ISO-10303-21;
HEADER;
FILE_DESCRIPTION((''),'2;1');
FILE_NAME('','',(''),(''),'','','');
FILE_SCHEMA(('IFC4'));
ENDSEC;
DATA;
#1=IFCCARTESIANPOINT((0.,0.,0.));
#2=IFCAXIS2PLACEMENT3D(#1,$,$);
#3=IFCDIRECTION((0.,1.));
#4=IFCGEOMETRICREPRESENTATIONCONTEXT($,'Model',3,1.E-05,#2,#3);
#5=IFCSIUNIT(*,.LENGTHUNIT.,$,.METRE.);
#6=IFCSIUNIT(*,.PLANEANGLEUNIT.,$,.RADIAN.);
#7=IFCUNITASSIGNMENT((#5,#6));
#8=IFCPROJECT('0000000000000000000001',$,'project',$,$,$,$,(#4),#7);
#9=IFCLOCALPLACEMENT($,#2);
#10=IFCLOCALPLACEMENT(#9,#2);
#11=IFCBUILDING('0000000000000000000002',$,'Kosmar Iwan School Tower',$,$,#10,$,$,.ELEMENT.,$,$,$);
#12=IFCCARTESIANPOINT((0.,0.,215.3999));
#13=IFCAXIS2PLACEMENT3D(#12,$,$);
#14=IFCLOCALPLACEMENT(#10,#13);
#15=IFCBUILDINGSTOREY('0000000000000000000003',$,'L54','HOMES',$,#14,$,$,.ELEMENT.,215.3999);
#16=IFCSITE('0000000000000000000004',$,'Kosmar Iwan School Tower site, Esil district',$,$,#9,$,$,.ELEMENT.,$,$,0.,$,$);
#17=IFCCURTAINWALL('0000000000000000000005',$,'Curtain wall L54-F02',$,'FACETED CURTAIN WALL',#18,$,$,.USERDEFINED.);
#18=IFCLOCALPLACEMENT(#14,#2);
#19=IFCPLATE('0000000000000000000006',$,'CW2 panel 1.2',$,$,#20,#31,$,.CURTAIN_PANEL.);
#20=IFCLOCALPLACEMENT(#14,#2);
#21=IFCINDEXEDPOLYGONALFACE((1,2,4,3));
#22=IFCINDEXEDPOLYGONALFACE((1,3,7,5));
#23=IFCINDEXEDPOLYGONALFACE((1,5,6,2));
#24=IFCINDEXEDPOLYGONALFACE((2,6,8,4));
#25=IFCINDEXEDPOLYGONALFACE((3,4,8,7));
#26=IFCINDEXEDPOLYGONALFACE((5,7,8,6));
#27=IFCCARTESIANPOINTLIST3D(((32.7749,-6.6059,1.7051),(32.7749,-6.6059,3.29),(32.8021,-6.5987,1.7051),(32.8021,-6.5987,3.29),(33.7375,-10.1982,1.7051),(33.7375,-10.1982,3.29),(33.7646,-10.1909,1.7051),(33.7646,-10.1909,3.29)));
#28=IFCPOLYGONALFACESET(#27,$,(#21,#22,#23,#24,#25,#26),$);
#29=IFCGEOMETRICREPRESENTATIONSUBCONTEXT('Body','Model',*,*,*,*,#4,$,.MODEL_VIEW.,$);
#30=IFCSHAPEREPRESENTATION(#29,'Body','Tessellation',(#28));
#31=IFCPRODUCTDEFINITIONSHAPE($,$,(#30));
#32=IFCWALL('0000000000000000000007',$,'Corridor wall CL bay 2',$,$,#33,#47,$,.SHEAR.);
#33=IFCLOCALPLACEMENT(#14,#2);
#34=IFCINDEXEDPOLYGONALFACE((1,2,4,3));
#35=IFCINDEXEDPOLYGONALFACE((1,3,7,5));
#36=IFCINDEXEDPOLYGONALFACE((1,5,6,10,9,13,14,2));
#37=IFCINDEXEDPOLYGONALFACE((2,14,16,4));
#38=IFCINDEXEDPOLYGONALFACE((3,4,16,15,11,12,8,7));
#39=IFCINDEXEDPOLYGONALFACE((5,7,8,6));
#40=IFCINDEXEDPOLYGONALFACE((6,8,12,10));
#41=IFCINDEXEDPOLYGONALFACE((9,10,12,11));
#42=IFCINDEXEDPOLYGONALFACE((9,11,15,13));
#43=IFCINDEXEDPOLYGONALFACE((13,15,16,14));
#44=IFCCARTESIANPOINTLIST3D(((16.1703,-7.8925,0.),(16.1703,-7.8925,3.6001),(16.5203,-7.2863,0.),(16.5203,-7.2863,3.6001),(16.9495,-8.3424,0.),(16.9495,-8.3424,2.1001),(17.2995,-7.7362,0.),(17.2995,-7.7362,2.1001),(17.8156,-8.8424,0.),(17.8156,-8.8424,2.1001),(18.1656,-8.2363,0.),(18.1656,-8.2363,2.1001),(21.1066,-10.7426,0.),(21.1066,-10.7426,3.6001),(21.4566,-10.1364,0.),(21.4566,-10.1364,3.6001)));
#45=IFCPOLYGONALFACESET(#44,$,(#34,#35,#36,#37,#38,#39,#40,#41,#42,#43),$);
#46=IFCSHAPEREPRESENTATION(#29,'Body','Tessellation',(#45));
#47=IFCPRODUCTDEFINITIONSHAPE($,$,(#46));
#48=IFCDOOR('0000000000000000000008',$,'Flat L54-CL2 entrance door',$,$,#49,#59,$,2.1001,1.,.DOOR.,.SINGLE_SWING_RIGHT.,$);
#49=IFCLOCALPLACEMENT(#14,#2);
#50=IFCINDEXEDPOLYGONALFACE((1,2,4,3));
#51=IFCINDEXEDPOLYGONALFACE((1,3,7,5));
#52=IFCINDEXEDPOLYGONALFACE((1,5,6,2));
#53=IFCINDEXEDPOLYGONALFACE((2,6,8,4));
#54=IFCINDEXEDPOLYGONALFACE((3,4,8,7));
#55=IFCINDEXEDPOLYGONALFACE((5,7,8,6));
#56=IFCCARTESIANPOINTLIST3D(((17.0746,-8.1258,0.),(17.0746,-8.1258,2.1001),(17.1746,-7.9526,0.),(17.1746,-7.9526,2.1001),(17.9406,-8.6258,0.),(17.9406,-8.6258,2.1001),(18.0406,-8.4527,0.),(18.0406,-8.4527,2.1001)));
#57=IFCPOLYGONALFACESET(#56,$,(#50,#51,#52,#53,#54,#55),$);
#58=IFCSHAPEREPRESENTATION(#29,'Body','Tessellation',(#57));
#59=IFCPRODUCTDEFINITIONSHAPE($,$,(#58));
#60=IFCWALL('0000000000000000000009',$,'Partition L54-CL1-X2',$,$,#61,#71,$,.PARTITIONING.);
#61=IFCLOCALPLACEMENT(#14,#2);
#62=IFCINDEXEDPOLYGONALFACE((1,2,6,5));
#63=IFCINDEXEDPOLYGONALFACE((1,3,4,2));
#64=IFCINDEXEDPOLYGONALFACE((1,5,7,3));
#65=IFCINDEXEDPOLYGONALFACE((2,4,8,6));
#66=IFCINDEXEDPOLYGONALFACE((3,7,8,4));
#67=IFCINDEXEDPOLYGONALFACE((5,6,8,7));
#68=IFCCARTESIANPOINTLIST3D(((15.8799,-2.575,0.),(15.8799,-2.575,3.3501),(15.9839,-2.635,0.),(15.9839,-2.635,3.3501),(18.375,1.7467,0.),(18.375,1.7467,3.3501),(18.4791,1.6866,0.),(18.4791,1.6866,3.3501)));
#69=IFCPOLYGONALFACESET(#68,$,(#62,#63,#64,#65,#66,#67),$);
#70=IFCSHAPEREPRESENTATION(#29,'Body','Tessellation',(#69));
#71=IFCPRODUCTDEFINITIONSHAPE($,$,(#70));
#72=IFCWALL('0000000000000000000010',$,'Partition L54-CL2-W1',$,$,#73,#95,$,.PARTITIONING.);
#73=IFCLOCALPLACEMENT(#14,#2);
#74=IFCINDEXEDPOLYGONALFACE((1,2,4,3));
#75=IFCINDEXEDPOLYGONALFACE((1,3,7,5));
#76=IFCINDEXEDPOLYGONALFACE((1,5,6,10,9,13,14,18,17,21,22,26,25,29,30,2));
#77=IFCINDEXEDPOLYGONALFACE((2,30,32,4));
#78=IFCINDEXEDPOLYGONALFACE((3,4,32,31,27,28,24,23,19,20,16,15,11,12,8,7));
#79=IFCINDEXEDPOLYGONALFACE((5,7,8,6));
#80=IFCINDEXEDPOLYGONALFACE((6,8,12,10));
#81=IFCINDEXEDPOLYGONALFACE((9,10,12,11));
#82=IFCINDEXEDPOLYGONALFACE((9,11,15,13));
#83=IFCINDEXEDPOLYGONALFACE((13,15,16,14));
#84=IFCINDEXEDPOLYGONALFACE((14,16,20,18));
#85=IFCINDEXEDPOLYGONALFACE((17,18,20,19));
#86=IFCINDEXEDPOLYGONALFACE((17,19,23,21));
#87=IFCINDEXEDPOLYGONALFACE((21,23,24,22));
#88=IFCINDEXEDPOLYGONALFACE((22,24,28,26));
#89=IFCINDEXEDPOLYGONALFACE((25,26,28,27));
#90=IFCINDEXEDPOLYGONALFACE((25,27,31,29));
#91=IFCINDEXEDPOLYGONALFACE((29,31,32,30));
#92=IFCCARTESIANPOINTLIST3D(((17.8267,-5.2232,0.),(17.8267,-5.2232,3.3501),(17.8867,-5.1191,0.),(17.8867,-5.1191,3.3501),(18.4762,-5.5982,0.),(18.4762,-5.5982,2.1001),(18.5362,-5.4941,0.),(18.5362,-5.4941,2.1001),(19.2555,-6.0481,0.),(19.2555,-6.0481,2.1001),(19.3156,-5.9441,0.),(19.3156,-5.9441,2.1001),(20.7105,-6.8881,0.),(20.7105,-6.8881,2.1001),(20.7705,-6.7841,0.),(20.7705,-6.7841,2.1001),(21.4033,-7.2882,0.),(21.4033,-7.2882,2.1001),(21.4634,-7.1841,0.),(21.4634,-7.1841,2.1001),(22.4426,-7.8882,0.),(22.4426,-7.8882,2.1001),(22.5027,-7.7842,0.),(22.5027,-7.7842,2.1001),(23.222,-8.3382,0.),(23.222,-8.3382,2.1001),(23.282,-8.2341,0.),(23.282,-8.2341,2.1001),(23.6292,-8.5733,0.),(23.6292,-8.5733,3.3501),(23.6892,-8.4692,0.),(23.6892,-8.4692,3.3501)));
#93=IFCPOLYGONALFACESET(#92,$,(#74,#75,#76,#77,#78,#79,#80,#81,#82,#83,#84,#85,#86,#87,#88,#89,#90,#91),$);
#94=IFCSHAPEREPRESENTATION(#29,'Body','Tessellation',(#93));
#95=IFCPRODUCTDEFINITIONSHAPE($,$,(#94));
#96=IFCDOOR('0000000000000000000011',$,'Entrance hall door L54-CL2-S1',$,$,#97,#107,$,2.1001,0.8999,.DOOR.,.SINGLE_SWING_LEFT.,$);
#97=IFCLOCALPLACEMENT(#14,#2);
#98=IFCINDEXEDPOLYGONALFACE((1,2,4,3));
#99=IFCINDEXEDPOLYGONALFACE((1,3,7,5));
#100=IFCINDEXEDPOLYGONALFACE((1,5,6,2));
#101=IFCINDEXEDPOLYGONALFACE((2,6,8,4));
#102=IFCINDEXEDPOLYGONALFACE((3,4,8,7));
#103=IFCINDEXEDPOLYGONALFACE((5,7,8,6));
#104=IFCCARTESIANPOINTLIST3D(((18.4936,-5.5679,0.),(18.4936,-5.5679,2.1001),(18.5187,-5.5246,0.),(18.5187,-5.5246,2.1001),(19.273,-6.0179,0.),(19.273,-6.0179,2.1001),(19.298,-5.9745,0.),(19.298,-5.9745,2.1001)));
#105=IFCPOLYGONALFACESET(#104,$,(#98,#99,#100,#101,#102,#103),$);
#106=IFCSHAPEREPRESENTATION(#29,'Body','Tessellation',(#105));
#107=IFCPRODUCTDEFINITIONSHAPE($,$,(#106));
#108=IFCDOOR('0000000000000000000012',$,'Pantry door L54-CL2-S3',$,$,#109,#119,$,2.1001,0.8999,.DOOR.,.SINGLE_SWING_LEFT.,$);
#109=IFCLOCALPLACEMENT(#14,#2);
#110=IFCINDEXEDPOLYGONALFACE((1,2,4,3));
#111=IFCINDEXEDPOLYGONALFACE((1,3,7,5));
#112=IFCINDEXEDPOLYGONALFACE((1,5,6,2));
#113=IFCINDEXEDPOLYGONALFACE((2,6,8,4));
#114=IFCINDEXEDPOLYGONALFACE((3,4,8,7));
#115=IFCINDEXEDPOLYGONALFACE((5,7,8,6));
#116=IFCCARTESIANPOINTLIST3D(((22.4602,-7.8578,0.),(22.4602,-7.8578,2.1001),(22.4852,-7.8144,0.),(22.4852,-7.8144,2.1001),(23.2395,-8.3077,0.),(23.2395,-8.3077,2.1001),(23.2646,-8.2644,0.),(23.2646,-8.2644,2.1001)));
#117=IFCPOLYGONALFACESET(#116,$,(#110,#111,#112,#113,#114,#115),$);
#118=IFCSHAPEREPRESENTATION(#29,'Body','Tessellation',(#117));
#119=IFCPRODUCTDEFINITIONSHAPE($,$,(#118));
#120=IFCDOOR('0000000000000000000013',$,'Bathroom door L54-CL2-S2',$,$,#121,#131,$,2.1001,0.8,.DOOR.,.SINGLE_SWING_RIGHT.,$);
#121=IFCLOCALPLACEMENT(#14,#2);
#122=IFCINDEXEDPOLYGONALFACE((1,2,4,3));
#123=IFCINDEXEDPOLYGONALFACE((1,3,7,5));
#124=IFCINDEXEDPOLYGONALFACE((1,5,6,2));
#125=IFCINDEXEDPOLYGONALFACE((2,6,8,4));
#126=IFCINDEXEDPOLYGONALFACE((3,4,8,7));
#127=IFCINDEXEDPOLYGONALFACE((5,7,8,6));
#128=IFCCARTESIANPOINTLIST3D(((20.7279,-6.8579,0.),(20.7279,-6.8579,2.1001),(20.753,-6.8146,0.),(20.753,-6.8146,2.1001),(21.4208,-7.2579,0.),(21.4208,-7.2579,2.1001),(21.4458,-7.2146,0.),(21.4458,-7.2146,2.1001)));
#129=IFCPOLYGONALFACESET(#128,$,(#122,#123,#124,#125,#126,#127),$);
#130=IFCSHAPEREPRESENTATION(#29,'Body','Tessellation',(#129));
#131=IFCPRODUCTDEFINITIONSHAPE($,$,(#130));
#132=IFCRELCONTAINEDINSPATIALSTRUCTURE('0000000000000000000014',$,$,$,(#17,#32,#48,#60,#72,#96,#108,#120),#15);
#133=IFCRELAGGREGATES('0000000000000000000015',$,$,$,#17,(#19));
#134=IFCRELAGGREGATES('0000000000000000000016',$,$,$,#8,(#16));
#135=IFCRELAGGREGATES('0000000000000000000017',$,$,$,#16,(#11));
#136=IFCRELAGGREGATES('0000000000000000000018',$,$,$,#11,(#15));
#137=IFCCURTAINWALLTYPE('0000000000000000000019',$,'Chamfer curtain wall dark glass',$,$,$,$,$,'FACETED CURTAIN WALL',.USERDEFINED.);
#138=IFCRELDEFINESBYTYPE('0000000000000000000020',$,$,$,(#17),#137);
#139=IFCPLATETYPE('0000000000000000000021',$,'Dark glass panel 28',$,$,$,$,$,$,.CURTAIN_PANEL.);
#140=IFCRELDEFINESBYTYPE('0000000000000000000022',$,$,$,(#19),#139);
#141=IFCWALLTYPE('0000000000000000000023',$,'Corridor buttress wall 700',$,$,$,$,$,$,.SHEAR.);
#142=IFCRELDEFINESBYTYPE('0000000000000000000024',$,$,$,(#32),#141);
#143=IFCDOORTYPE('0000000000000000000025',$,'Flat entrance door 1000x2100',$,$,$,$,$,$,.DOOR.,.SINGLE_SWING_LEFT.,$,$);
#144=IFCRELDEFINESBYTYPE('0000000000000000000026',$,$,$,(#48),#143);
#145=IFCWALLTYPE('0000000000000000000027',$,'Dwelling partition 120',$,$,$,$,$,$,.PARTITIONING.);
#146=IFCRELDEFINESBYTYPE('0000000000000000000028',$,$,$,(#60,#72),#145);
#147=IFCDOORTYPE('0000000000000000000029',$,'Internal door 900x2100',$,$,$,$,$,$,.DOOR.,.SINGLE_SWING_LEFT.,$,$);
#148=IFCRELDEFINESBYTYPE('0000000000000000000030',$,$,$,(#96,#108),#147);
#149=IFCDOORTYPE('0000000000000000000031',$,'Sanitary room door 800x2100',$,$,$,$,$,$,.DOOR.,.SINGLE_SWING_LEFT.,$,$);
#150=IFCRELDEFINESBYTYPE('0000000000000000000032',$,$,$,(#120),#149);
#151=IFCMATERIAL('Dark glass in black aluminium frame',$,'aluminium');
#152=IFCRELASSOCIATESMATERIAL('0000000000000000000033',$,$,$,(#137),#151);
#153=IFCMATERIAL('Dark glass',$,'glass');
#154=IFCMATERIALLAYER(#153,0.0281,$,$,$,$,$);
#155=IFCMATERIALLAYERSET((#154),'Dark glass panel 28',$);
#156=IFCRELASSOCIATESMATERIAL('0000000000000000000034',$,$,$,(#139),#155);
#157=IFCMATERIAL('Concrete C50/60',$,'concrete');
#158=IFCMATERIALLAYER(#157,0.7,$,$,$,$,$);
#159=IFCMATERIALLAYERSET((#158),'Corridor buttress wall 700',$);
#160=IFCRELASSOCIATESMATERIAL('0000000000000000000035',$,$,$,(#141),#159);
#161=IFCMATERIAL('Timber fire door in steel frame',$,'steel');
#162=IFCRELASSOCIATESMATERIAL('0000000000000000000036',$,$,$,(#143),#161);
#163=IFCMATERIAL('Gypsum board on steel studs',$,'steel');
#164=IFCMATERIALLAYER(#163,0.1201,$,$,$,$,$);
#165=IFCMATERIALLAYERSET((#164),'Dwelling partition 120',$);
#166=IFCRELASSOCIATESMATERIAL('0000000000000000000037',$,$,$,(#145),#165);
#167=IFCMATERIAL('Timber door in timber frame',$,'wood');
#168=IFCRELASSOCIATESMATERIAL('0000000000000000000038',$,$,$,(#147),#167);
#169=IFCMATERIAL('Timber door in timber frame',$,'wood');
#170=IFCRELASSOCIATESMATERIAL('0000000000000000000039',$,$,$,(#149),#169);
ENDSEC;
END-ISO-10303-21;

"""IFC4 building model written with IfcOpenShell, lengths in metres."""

from ifc_helpers import new_model, si_unit, direction, frame, frame_2d, origin, origin_2d, place, context, subcontext, project, spatial, rectangle, extrude, material, layer, layer_set, type_object, element, fill, aggregate, save


model = new_model("IFC4")

# Units and contexts
model_context = context("Model", 3, precision=1e-05, world=origin(), true_north=direction((0.0, 1.0)))
body_context = subcontext(model_context, "Body", "Model", "MODEL_VIEW")
ifc_project = project(units=[si_unit("LENGTHUNIT", "METRE"), si_unit("PLANEANGLEUNIT", "RADIAN")], contexts=[model_context])

# Site, building, storey
site_placement = place(None, origin())
site = spatial("IfcSite", under=ifc_project, at=site_placement, Name="Kosmar Iwan School Tower site, Esil district", CompositionType="ELEMENT", RefElevation=0.0)
building_placement = place(site_placement, origin())
building = spatial("IfcBuilding", under=site, at=building_placement, Name="Kosmar Iwan School Tower", CompositionType="ELEMENT")
storey_placement = place(building_placement, frame((0.0, 0.0, 215.3999)))
storey = spatial("IfcBuildingStorey", under=building, at=storey_placement, Name="L54", Description="HOMES", CompositionType="ELEMENT", Elevation=215.3999)

# Curtain wall
ifc_material_1 = material(Name="Dark glass in black aluminium frame", Category="aluminium")
curtain_wall_type = type_object("IfcCurtainWallType", Name="Chamfer curtain wall dark glass", ElementType="FACETED CURTAIN WALL", PredefinedType="USERDEFINED", material=ifc_material_1)
curtain_wall_placement = place(storey_placement, origin())
curtain_wall = element("IfcCurtainWall", 1, at=curtain_wall_placement, inside=storey, type_object=curtain_wall_type, Name="Curtain wall L54-F02", ObjectType="FACETED CURTAIN WALL", PredefinedType="USERDEFINED")

# Plate
ifc_material_2 = material(Name="Dark glass", Category="glass")
ifc_layer_1 = layer(ifc_material_2, 0.0281)
ifc_layer_set_1 = layer_set([ifc_layer_1], Name="Dark glass panel 28")
plate_type = type_object("IfcPlateType", Name="Dark glass panel 28", PredefinedType="CURTAIN_PANEL", material=ifc_layer_set_1)
plate_1_placement = place(storey_placement, frame((33.2698, -8.3984, 1.7051), z_axis=(0.0, 0.0, 1.0), x_axis=(-0.258819, 0.965926, 0.0)))
plate_1 = element("IfcPlate", 2, at=plate_1_placement, type_object=plate_type, Name="CW2 panel 1.2", PredefinedType="CURTAIN_PANEL", context=body_context, shape_type="SweptSolid", body=[
    extrude(rectangle(XDim=3.719, YDim=0.0281, at=origin_2d()), origin(), (0.0, 0.0, 1.0), 1.585),
])
aggregate(curtain_wall, [plate_1])

# Wall, opening, door
ifc_material_3 = material(Name="Concrete C50/60", Category="concrete")
ifc_layer_2 = layer(ifc_material_3, 0.7)
ifc_layer_set_2 = layer_set([ifc_layer_2], Name="Corridor buttress wall 700")
wall_type_1 = type_object("IfcWallType", Name="Corridor buttress wall 700", PredefinedType="SHEAR", material=ifc_layer_set_2)
wall_1_placement = place(storey_placement, frame((16.3452, -7.5894, 0.0), z_axis=(0.0, 0.0, 1.0), x_axis=(0.866015, -0.500018, 0.0)))
wall_1 = element("IfcWall", 3, at=wall_1_placement, inside=storey, type_object=wall_type_1, Name="Corridor wall CL bay 2", PredefinedType="SHEAR", context=body_context, shape_type="SweptSolid", body=[
    extrude(rectangle(XDim=5.7, YDim=0.7, at=frame_2d((2.8501, 0.0))), origin(), (0.0, 0.0, 1.0), 3.6001),
])
opening_1_placement = place(wall_1_placement, frame((0.8999, 0.0, 0.0)))
opening_1 = element("IfcOpeningElement", 4, at=opening_1_placement, cuts=wall_1, PredefinedType="OPENING", context=body_context, shape_type="SweptSolid", body=[
    extrude(rectangle(XDim=1.0, YDim=2.1001, at=frame_2d((0.5, 1.05))), frame((0.0, 0.3621, 0.0), z_axis=(0.0, -1.0, 0.0), x_axis=(1.0, 0.0, 0.0)), (0.0, 0.0, 1.0), 0.7239),
])
ifc_material_4 = material(Name="Timber fire door in steel frame", Category="steel")
door_type_1 = type_object("IfcDoorType", Name="Flat entrance door 1000x2100", OperationType="SINGLE_SWING_LEFT", PredefinedType="DOOR", material=ifc_material_4)
door_1_placement = place(opening_1_placement, origin())
door_1 = element("IfcDoor", 5, at=door_1_placement, inside=storey, type_object=door_type_1, Name="Flat L54-CL2 entrance door", OperationType="SINGLE_SWING_RIGHT", OverallHeight=2.1001, OverallWidth=1.0, PredefinedType="DOOR", context=body_context, shape_type="SweptSolid", body=[
    extrude(rectangle(XDim=1.0, YDim=2.1001, at=frame_2d((0.5, 1.05))), frame((0.0, 0.1001, 0.0), z_axis=(0.0, -1.0, 0.0), x_axis=(1.0, 0.0, 0.0)), (0.0, 0.0, 1.0), 0.2),
])
fill(opening_1, door_1)

# Wall
ifc_material_5 = material(Name="Gypsum board on steel studs", Category="steel")
ifc_layer_3 = layer(ifc_material_5, 0.1201)
ifc_layer_set_3 = layer_set([ifc_layer_3], Name="Dwelling partition 120")
wall_type_2 = type_object("IfcWallType", Name="Dwelling partition 120", PredefinedType="PARTITIONING", material=ifc_layer_set_3)
wall_2_placement = place(storey_placement, frame((15.9319, -2.605, 0.0), z_axis=(0.0, 0.0, 1.0), x_axis=(0.500012, 0.866019, 0.0)))
element("IfcWall", 6, at=wall_2_placement, inside=storey, type_object=wall_type_2, Name="Partition L54-CL1-X2", PredefinedType="PARTITIONING", context=body_context, shape_type="SweptSolid", body=[
    extrude(rectangle(XDim=4.9902, YDim=0.1201, at=frame_2d((2.4951, 0.0))), origin(), (0.0, 0.0, 1.0), 3.3501),
])

# Wall, openings, doors
wall_3_placement = place(storey_placement, frame((17.8567, -5.1711, 0.0), z_axis=(0.0, 0.0, 1.0), x_axis=(0.866024, -0.500003, 0.0)))
wall_3 = element("IfcWall", 7, at=wall_3_placement, inside=storey, type_object=wall_type_2, Name="Partition L54-CL2-W1", PredefinedType="PARTITIONING", context=body_context, shape_type="SweptSolid", body=[
    extrude(rectangle(XDim=6.7002, YDim=0.1201, at=frame_2d((3.3501, 0.0))), origin(), (0.0, 0.0, 1.0), 3.3501),
])
opening_2_placement = place(wall_3_placement, frame((0.75, 0.0, 0.0)))
opening_2 = element("IfcOpeningElement", 8, at=opening_2_placement, cuts=wall_3, PredefinedType="OPENING", context=body_context, shape_type="SweptSolid", body=[
    extrude(rectangle(XDim=0.8999, YDim=2.1001, at=frame_2d((0.45, 1.05))), frame((0.0, 0.072, 0.0), z_axis=(0.0, -1.0, 0.0), x_axis=(1.0, 0.0, 0.0)), (0.0, 0.0, 1.0), 0.144),
])
opening_3_placement = place(wall_3_placement, frame((3.3301, 0.0, 0.0)))
opening_3 = element("IfcOpeningElement", 9, at=opening_3_placement, cuts=wall_3, PredefinedType="OPENING", context=body_context, shape_type="SweptSolid", body=[
    extrude(rectangle(XDim=0.8, YDim=2.1001, at=frame_2d((0.3999, 1.05))), frame((0.0, 0.072, 0.0), z_axis=(0.0, -1.0, 0.0), x_axis=(1.0, 0.0, 0.0)), (0.0, 0.0, 1.0), 0.144),
])
opening_4_placement = place(wall_3_placement, frame((5.3301, 0.0, 0.0)))
opening_4 = element("IfcOpeningElement", 10, at=opening_4_placement, cuts=wall_3, PredefinedType="OPENING", context=body_context, shape_type="SweptSolid", body=[
    extrude(rectangle(XDim=0.8999, YDim=2.1001, at=frame_2d((0.45, 1.05))), frame((0.0, 0.072, 0.0), z_axis=(0.0, -1.0, 0.0), x_axis=(1.0, 0.0, 0.0)), (0.0, 0.0, 1.0), 0.144),
])
ifc_material_6 = material(Name="Timber door in timber frame", Category="wood")
door_type_2 = type_object("IfcDoorType", Name="Internal door 900x2100", OperationType="SINGLE_SWING_LEFT", PredefinedType="DOOR", material=ifc_material_6)
door_2_placement = place(opening_2_placement, origin())
door_2 = element("IfcDoor", 11, at=door_2_placement, inside=storey, type_object=door_type_2, Name="Entrance hall door L54-CL2-S1", OperationType="SINGLE_SWING_LEFT", OverallHeight=2.1001, OverallWidth=0.8999, PredefinedType="DOOR", context=body_context, shape_type="SweptSolid", body=[
    extrude(rectangle(XDim=0.8999, YDim=2.1001, at=frame_2d((0.45, 1.05))), frame((0.0, 0.0249, 0.0), z_axis=(0.0, -1.0, 0.0), x_axis=(1.0, 0.0, 0.0)), (0.0, 0.0, 1.0), 0.05),
])
fill(opening_2, door_2)
door_3_placement = place(opening_4_placement, frame((0.8999, 0.0, 0.0), z_axis=(0.0, 0.0, 1.0), x_axis=(-1.0, 0.0, 0.0)))
door_3 = element("IfcDoor", 12, at=door_3_placement, inside=storey, type_object=door_type_2, Name="Pantry door L54-CL2-S3", OperationType="SINGLE_SWING_LEFT", OverallHeight=2.1001, OverallWidth=0.8999, PredefinedType="DOOR", context=body_context, shape_type="SweptSolid", body=[
    extrude(rectangle(XDim=0.8999, YDim=2.1001, at=frame_2d((0.45, 1.05))), frame((0.0, 0.0249, 0.0), z_axis=(0.0, -1.0, 0.0), x_axis=(1.0, 0.0, 0.0)), (0.0, 0.0, 1.0), 0.05),
])
fill(opening_4, door_3)
ifc_material_7 = material(Name="Timber door in timber frame", Category="wood")
door_type_3 = type_object("IfcDoorType", Name="Sanitary room door 800x2100", OperationType="SINGLE_SWING_LEFT", PredefinedType="DOOR", material=ifc_material_7)
door_4_placement = place(opening_3_placement, origin())
door_4 = element("IfcDoor", 13, at=door_4_placement, inside=storey, type_object=door_type_3, Name="Bathroom door L54-CL2-S2", OperationType="SINGLE_SWING_RIGHT", OverallHeight=2.1001, OverallWidth=0.8, PredefinedType="DOOR", context=body_context, shape_type="SweptSolid", body=[
    extrude(rectangle(XDim=0.8, YDim=2.1001, at=frame_2d((0.3999, 1.05))), frame((0.0, 0.0249, 0.0), z_axis=(0.0, -1.0, 0.0), x_axis=(1.0, 0.0, 0.0)), (0.0, 0.0, 1.0), 0.05),
])
fill(opening_3, door_4)

save(model, "model.ifc")
